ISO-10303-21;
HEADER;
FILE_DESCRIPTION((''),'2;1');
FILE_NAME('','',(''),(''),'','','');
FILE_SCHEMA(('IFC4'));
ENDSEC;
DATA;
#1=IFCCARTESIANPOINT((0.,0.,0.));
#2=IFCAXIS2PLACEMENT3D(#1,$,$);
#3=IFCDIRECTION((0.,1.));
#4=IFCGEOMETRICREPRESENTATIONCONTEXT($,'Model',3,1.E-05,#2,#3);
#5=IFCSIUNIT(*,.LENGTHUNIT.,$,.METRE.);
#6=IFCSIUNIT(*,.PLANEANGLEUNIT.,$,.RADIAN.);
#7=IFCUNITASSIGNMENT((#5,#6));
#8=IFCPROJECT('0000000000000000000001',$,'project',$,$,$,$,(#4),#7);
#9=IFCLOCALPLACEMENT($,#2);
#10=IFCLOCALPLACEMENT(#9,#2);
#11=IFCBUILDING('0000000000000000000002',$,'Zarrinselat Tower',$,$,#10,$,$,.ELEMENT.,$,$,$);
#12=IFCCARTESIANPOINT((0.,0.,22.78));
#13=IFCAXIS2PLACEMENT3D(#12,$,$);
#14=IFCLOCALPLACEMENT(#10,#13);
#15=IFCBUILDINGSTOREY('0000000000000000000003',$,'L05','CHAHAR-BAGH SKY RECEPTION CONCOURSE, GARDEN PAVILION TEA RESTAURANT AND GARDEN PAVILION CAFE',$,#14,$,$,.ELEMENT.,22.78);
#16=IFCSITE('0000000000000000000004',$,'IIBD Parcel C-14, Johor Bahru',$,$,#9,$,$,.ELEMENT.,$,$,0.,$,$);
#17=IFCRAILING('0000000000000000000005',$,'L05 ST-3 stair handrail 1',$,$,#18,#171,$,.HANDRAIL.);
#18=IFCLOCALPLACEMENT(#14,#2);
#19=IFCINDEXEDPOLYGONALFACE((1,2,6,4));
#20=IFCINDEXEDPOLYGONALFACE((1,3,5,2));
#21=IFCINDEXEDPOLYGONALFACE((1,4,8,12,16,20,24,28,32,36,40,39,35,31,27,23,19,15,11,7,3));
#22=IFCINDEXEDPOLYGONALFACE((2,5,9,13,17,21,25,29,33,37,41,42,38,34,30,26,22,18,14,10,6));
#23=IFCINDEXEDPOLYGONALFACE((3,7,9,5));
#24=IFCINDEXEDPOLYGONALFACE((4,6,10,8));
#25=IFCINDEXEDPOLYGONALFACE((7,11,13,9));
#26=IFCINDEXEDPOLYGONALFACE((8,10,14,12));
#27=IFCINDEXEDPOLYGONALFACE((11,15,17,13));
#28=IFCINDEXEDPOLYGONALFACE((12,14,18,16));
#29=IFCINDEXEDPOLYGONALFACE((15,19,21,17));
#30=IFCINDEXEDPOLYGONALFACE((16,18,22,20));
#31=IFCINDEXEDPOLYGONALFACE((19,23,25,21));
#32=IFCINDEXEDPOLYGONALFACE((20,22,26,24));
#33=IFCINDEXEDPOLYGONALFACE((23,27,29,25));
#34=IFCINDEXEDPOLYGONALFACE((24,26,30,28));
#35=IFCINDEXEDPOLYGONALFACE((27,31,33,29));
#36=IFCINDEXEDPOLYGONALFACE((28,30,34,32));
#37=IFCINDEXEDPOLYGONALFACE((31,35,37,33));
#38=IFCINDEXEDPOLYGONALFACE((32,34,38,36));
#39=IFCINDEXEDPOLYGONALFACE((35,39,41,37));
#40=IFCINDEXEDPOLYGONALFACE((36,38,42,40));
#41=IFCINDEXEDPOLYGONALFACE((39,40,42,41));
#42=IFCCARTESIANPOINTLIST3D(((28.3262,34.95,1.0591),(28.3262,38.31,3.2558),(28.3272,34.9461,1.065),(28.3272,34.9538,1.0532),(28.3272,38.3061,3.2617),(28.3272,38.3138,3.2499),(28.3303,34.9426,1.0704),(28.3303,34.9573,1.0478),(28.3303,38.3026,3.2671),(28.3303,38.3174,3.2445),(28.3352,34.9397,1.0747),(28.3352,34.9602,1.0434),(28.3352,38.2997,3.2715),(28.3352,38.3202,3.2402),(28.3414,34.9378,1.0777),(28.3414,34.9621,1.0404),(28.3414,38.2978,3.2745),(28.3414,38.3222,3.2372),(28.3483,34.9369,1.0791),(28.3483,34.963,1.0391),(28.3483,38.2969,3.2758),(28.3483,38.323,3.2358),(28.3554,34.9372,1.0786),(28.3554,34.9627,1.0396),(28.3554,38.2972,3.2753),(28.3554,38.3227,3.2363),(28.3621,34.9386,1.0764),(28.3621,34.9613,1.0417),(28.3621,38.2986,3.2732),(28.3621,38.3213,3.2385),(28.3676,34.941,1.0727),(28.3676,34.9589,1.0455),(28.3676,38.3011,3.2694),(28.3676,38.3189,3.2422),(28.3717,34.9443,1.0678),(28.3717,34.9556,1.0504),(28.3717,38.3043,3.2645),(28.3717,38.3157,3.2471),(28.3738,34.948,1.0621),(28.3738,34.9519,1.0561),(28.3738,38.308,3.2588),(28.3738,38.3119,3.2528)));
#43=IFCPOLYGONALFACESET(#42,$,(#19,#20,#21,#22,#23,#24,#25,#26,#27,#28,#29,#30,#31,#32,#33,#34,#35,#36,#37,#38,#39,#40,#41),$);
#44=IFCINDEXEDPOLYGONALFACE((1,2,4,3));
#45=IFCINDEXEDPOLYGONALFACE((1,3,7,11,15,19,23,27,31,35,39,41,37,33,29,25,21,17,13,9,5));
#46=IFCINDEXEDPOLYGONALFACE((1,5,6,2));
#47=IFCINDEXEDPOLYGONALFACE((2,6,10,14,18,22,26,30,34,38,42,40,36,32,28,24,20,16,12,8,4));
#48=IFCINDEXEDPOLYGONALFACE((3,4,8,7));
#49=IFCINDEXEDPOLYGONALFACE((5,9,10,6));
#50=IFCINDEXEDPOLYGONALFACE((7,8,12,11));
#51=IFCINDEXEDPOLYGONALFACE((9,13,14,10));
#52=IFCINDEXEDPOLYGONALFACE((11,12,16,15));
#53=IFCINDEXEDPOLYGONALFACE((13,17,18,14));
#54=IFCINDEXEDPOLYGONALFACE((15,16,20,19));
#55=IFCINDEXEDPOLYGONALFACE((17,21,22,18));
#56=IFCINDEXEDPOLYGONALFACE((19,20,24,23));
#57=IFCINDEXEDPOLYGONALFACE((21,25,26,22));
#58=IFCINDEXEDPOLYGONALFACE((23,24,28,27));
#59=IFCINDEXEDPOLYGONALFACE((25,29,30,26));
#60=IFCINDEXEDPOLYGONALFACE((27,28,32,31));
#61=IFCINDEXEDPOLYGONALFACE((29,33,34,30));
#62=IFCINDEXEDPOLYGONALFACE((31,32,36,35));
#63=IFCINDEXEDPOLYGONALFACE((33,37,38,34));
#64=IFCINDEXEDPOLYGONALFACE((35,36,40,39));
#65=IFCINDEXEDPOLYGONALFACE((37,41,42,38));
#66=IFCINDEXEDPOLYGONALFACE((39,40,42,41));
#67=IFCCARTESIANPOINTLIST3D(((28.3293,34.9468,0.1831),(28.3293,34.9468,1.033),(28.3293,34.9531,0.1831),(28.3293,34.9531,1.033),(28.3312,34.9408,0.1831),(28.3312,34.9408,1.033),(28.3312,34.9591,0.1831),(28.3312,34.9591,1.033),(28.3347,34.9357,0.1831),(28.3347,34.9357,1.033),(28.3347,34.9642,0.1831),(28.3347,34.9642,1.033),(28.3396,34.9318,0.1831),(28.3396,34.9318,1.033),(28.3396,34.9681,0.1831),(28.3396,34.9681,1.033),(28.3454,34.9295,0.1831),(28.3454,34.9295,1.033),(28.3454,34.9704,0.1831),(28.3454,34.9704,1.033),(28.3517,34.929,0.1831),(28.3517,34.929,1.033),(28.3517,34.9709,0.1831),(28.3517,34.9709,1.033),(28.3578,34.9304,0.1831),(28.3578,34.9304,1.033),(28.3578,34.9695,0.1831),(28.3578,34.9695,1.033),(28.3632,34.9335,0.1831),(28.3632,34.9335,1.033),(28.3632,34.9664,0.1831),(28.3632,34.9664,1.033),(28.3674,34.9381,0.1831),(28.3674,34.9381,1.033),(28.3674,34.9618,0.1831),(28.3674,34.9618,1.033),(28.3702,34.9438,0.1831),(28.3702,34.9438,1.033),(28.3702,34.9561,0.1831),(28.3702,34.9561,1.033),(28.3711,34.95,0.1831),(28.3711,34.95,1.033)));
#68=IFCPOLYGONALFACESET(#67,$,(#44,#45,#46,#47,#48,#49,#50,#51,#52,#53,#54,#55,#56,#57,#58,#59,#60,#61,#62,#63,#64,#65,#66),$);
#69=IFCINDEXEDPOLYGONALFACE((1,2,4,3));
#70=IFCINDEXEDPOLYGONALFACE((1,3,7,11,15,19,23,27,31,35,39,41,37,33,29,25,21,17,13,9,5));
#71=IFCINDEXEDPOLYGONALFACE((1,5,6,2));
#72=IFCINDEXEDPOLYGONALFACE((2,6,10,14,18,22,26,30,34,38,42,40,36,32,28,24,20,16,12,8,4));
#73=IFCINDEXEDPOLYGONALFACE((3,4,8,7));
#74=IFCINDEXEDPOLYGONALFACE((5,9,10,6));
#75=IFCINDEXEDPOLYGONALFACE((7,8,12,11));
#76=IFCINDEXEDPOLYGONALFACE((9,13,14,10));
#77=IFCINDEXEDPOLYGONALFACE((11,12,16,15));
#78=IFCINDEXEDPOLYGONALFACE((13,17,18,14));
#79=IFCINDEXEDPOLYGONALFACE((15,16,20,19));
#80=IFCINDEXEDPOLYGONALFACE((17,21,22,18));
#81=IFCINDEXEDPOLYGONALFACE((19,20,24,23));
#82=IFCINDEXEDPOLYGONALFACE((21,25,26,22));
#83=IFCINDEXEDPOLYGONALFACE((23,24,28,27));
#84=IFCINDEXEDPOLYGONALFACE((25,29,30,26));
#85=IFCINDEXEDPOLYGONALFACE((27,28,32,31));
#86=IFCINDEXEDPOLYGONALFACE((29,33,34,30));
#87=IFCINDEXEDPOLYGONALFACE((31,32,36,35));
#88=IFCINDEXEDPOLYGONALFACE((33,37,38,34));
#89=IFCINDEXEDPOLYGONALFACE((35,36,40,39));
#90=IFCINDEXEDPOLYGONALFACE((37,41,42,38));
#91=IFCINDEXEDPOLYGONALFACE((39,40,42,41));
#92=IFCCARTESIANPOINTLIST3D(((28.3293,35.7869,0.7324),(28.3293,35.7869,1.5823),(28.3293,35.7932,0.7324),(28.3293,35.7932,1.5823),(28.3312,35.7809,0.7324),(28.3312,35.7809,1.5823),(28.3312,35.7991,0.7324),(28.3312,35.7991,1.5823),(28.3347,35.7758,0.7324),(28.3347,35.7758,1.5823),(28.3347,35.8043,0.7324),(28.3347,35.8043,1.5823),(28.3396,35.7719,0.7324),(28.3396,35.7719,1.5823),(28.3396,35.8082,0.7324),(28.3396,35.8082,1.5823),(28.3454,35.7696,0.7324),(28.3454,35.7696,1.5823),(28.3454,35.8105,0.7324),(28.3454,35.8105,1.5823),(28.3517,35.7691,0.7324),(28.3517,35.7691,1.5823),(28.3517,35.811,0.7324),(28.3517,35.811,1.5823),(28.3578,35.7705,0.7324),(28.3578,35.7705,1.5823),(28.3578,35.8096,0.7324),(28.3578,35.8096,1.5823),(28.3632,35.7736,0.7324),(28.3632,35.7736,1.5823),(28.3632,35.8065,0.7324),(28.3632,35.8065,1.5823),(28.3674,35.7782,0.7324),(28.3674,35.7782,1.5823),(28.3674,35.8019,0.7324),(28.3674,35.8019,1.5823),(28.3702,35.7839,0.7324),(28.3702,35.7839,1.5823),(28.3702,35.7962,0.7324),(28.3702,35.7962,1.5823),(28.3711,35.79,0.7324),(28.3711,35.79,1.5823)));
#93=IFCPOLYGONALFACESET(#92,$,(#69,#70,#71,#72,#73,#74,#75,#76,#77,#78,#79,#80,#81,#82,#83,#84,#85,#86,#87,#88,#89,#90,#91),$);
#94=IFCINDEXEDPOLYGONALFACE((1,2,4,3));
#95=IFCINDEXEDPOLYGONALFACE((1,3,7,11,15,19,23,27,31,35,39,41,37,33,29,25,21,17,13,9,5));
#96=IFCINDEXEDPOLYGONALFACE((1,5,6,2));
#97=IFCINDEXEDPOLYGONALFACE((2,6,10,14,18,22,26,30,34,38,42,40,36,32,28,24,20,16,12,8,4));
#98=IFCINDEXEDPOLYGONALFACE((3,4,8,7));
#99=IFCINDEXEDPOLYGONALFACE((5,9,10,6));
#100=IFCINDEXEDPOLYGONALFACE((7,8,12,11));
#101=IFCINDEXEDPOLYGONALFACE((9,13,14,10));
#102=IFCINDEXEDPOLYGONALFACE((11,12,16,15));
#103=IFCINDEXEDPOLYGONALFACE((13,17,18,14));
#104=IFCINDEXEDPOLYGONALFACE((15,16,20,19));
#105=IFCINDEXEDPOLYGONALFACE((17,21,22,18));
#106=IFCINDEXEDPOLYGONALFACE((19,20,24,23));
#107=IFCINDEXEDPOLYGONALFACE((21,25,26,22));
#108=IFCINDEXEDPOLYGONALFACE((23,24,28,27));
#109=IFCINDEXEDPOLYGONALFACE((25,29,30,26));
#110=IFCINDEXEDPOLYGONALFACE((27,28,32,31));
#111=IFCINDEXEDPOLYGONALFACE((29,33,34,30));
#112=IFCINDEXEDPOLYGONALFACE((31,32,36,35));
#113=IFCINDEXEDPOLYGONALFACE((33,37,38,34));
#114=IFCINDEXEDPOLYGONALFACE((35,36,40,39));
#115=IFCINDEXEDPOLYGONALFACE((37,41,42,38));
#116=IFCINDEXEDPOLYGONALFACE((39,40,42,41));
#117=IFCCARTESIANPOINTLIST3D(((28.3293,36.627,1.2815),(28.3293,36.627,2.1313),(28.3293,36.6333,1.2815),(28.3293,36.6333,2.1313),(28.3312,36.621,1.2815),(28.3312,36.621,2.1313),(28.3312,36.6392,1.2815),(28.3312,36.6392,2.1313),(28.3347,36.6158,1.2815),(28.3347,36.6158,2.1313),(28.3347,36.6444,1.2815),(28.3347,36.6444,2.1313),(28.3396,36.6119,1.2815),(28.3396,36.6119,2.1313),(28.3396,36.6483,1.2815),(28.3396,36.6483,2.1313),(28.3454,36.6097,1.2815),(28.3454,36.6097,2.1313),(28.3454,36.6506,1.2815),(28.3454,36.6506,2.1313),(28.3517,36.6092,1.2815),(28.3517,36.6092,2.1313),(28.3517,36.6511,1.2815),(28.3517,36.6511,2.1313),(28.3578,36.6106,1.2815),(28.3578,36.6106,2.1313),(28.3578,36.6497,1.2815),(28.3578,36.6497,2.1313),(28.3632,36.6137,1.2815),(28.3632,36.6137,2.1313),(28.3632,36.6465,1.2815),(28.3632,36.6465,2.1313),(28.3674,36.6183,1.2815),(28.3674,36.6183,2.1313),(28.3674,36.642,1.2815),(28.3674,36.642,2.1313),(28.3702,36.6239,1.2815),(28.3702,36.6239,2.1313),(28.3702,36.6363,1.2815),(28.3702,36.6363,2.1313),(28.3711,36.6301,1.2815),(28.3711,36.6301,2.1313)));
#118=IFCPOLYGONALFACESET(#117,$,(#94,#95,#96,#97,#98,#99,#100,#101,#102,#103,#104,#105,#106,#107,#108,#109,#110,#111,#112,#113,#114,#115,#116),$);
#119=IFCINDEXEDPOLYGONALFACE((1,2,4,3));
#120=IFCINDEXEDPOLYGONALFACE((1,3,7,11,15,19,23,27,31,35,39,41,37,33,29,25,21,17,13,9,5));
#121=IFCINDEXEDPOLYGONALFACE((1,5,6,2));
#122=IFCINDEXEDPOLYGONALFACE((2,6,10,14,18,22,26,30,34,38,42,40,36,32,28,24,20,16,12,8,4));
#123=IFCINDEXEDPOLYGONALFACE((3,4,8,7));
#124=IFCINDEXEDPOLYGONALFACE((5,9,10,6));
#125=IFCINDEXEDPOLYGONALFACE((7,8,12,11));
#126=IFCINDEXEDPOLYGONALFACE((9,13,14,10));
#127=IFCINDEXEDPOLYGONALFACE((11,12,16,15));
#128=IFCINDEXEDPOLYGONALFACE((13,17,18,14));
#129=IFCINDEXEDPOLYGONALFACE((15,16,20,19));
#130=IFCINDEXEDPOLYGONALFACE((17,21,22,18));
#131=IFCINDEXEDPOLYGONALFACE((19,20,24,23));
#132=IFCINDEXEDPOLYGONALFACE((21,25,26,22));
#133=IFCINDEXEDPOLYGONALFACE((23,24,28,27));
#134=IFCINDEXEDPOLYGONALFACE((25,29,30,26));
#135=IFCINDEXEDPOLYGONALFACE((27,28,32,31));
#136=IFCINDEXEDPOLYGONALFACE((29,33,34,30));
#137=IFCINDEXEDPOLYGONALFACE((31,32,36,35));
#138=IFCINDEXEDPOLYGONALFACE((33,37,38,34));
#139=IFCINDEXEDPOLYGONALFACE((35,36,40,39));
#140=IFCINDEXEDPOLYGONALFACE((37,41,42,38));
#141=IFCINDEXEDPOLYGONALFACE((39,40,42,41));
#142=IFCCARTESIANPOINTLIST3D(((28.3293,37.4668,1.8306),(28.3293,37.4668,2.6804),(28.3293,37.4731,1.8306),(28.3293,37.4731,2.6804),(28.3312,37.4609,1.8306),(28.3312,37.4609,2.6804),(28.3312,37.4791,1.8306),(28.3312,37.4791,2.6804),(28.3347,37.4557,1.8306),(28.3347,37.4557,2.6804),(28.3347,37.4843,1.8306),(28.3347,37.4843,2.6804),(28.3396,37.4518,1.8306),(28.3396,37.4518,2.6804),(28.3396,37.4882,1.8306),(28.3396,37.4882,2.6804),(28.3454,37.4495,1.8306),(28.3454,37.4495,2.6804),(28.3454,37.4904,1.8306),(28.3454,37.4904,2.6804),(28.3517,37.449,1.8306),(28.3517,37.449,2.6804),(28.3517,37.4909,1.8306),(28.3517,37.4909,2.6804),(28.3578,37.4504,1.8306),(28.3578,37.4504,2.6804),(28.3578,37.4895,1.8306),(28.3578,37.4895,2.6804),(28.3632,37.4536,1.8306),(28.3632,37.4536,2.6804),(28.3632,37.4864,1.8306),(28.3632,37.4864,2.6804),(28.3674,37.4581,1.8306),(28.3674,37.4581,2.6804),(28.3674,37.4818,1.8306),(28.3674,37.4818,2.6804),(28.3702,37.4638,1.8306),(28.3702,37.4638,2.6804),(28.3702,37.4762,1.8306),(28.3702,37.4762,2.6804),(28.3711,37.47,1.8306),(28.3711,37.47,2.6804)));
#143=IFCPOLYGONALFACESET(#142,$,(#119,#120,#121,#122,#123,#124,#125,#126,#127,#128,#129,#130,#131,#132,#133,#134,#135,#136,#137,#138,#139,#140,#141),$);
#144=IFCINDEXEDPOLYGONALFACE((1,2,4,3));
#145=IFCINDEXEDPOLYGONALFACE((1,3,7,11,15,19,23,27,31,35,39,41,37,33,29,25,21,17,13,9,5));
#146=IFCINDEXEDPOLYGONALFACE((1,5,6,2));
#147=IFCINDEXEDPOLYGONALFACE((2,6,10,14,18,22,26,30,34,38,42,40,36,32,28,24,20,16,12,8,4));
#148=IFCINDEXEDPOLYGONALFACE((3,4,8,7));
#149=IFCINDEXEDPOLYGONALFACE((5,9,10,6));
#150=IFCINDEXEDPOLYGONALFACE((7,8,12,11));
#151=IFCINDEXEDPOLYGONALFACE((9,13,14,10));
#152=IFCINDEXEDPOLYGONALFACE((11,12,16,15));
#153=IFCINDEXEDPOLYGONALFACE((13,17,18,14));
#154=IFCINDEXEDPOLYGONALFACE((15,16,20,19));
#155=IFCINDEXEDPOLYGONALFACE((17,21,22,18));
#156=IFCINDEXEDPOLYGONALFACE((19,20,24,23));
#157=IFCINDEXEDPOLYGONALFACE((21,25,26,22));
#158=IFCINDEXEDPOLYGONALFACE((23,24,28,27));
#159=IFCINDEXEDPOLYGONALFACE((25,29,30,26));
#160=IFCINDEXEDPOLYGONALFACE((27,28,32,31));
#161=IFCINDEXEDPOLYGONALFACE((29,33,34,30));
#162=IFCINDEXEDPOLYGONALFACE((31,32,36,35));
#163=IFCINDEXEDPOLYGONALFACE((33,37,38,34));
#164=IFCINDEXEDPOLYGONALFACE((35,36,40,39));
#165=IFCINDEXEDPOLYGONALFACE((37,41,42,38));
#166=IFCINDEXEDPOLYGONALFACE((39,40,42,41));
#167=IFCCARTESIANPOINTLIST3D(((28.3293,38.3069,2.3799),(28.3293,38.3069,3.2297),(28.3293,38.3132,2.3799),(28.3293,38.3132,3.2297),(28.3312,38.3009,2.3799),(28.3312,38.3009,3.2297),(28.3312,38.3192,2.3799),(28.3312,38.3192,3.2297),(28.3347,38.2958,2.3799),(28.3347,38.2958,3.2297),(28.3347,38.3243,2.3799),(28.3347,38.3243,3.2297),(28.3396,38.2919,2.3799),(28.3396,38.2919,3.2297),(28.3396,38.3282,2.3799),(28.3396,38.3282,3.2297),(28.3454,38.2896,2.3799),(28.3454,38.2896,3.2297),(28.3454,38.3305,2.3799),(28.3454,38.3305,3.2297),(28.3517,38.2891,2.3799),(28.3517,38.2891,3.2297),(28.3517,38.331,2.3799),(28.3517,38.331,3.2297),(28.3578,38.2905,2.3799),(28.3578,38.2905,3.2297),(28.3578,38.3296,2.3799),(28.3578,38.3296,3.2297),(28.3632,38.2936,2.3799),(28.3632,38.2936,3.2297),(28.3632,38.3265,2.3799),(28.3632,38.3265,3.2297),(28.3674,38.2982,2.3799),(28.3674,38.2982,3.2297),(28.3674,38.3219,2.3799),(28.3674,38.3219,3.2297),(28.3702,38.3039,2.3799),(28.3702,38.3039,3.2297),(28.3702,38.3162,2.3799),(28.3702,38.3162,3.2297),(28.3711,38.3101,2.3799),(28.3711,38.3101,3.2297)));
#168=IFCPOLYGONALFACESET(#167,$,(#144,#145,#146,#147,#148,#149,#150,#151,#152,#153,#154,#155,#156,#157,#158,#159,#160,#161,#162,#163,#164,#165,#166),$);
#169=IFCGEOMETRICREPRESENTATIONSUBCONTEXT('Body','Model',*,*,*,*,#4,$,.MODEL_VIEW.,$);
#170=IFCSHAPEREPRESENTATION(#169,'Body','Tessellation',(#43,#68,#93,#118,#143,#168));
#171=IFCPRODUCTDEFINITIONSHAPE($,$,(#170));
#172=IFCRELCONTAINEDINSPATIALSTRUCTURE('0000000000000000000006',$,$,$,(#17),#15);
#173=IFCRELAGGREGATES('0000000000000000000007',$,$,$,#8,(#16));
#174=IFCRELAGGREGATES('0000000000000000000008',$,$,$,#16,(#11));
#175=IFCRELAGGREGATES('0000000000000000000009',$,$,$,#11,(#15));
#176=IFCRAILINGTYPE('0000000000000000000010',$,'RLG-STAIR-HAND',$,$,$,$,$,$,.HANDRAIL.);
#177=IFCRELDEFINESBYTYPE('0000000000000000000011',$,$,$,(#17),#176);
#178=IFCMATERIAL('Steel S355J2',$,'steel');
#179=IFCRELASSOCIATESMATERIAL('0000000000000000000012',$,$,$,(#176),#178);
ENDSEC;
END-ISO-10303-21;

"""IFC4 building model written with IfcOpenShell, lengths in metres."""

from ifc_helpers import new_model, si_unit, direction, frame, origin, origin_2d, place, context, subcontext, project, spatial, circle, extrude, material, type_object, element, save


model = new_model("IFC4")

# Units and contexts
model_context = context("Model", 3, precision=1e-05, world=origin(), true_north=direction((0.0, 1.0)))
body_context = subcontext(model_context, "Body", "Model", "MODEL_VIEW")
ifc_project = project(units=[si_unit("LENGTHUNIT", "METRE"), si_unit("PLANEANGLEUNIT", "RADIAN")], contexts=[model_context])

# Site, building, storey
site_placement = place(None, origin())
site = spatial("IfcSite", under=ifc_project, at=site_placement, Name="IIBD Parcel C-14, Johor Bahru", CompositionType="ELEMENT", RefElevation=0.0)
building_placement = place(site_placement, origin())
building = spatial("IfcBuilding", under=site, at=building_placement, Name="Zarrinselat Tower", CompositionType="ELEMENT")
storey_placement = place(building_placement, frame((0.0, 0.0, 22.78)))
storey = spatial("IfcBuildingStorey", under=building, at=storey_placement, Name="L05", Description="CHAHAR-BAGH SKY RECEPTION CONCOURSE, GARDEN PAVILION TEA RESTAURANT AND GARDEN PAVILION CAFE", CompositionType="ELEMENT", Elevation=22.78)

# Railing
ifc_material_1 = material(Name="Steel S355J2", Category="steel")
railing_type_1 = type_object("IfcRailingType", Name="RLG-STAIR-HAND", PredefinedType="HANDRAIL", material=ifc_material_1)
railing_1_placement = place(storey_placement, frame((28.3501, 34.95, 0.1831)))
element("IfcRailing", 1, at=railing_1_placement, inside=storey, type_object=railing_type_1, Name="L05 ST-3 stair handrail 1", PredefinedType="HANDRAIL", context=body_context, shape_type="SweptSolid", body=[
    extrude(circle(Radius=0.0239, at=origin_2d()), frame((0.0, 0.0, 0.876), z_axis=(0.0, 0.836994, 0.547212), x_axis=(-1.0, 0.0, 0.0)), (0.0, 0.0, 1.0), 4.0144),
    extrude(circle(Radius=0.021, at=origin_2d()), origin(), (0.0, 0.0, 1.0), 0.8499),
    extrude(circle(Radius=0.021, at=origin_2d()), frame((0.0, 0.8401, 0.5493)), (0.0, 0.0, 1.0), 0.8499),
    extrude(circle(Radius=0.021, at=origin_2d()), frame((0.0, 1.6802, 1.0984)), (0.0, 0.0, 1.0), 0.8499),
    extrude(circle(Radius=0.021, at=origin_2d()), frame((0.0, 2.52, 1.6475)), (0.0, 0.0, 1.0), 0.8499),
    extrude(circle(Radius=0.021, at=origin_2d()), frame((0.0, 3.3601, 2.1968)), (0.0, 0.0, 1.0), 0.8499),
])

save(model, "model.ifc")
